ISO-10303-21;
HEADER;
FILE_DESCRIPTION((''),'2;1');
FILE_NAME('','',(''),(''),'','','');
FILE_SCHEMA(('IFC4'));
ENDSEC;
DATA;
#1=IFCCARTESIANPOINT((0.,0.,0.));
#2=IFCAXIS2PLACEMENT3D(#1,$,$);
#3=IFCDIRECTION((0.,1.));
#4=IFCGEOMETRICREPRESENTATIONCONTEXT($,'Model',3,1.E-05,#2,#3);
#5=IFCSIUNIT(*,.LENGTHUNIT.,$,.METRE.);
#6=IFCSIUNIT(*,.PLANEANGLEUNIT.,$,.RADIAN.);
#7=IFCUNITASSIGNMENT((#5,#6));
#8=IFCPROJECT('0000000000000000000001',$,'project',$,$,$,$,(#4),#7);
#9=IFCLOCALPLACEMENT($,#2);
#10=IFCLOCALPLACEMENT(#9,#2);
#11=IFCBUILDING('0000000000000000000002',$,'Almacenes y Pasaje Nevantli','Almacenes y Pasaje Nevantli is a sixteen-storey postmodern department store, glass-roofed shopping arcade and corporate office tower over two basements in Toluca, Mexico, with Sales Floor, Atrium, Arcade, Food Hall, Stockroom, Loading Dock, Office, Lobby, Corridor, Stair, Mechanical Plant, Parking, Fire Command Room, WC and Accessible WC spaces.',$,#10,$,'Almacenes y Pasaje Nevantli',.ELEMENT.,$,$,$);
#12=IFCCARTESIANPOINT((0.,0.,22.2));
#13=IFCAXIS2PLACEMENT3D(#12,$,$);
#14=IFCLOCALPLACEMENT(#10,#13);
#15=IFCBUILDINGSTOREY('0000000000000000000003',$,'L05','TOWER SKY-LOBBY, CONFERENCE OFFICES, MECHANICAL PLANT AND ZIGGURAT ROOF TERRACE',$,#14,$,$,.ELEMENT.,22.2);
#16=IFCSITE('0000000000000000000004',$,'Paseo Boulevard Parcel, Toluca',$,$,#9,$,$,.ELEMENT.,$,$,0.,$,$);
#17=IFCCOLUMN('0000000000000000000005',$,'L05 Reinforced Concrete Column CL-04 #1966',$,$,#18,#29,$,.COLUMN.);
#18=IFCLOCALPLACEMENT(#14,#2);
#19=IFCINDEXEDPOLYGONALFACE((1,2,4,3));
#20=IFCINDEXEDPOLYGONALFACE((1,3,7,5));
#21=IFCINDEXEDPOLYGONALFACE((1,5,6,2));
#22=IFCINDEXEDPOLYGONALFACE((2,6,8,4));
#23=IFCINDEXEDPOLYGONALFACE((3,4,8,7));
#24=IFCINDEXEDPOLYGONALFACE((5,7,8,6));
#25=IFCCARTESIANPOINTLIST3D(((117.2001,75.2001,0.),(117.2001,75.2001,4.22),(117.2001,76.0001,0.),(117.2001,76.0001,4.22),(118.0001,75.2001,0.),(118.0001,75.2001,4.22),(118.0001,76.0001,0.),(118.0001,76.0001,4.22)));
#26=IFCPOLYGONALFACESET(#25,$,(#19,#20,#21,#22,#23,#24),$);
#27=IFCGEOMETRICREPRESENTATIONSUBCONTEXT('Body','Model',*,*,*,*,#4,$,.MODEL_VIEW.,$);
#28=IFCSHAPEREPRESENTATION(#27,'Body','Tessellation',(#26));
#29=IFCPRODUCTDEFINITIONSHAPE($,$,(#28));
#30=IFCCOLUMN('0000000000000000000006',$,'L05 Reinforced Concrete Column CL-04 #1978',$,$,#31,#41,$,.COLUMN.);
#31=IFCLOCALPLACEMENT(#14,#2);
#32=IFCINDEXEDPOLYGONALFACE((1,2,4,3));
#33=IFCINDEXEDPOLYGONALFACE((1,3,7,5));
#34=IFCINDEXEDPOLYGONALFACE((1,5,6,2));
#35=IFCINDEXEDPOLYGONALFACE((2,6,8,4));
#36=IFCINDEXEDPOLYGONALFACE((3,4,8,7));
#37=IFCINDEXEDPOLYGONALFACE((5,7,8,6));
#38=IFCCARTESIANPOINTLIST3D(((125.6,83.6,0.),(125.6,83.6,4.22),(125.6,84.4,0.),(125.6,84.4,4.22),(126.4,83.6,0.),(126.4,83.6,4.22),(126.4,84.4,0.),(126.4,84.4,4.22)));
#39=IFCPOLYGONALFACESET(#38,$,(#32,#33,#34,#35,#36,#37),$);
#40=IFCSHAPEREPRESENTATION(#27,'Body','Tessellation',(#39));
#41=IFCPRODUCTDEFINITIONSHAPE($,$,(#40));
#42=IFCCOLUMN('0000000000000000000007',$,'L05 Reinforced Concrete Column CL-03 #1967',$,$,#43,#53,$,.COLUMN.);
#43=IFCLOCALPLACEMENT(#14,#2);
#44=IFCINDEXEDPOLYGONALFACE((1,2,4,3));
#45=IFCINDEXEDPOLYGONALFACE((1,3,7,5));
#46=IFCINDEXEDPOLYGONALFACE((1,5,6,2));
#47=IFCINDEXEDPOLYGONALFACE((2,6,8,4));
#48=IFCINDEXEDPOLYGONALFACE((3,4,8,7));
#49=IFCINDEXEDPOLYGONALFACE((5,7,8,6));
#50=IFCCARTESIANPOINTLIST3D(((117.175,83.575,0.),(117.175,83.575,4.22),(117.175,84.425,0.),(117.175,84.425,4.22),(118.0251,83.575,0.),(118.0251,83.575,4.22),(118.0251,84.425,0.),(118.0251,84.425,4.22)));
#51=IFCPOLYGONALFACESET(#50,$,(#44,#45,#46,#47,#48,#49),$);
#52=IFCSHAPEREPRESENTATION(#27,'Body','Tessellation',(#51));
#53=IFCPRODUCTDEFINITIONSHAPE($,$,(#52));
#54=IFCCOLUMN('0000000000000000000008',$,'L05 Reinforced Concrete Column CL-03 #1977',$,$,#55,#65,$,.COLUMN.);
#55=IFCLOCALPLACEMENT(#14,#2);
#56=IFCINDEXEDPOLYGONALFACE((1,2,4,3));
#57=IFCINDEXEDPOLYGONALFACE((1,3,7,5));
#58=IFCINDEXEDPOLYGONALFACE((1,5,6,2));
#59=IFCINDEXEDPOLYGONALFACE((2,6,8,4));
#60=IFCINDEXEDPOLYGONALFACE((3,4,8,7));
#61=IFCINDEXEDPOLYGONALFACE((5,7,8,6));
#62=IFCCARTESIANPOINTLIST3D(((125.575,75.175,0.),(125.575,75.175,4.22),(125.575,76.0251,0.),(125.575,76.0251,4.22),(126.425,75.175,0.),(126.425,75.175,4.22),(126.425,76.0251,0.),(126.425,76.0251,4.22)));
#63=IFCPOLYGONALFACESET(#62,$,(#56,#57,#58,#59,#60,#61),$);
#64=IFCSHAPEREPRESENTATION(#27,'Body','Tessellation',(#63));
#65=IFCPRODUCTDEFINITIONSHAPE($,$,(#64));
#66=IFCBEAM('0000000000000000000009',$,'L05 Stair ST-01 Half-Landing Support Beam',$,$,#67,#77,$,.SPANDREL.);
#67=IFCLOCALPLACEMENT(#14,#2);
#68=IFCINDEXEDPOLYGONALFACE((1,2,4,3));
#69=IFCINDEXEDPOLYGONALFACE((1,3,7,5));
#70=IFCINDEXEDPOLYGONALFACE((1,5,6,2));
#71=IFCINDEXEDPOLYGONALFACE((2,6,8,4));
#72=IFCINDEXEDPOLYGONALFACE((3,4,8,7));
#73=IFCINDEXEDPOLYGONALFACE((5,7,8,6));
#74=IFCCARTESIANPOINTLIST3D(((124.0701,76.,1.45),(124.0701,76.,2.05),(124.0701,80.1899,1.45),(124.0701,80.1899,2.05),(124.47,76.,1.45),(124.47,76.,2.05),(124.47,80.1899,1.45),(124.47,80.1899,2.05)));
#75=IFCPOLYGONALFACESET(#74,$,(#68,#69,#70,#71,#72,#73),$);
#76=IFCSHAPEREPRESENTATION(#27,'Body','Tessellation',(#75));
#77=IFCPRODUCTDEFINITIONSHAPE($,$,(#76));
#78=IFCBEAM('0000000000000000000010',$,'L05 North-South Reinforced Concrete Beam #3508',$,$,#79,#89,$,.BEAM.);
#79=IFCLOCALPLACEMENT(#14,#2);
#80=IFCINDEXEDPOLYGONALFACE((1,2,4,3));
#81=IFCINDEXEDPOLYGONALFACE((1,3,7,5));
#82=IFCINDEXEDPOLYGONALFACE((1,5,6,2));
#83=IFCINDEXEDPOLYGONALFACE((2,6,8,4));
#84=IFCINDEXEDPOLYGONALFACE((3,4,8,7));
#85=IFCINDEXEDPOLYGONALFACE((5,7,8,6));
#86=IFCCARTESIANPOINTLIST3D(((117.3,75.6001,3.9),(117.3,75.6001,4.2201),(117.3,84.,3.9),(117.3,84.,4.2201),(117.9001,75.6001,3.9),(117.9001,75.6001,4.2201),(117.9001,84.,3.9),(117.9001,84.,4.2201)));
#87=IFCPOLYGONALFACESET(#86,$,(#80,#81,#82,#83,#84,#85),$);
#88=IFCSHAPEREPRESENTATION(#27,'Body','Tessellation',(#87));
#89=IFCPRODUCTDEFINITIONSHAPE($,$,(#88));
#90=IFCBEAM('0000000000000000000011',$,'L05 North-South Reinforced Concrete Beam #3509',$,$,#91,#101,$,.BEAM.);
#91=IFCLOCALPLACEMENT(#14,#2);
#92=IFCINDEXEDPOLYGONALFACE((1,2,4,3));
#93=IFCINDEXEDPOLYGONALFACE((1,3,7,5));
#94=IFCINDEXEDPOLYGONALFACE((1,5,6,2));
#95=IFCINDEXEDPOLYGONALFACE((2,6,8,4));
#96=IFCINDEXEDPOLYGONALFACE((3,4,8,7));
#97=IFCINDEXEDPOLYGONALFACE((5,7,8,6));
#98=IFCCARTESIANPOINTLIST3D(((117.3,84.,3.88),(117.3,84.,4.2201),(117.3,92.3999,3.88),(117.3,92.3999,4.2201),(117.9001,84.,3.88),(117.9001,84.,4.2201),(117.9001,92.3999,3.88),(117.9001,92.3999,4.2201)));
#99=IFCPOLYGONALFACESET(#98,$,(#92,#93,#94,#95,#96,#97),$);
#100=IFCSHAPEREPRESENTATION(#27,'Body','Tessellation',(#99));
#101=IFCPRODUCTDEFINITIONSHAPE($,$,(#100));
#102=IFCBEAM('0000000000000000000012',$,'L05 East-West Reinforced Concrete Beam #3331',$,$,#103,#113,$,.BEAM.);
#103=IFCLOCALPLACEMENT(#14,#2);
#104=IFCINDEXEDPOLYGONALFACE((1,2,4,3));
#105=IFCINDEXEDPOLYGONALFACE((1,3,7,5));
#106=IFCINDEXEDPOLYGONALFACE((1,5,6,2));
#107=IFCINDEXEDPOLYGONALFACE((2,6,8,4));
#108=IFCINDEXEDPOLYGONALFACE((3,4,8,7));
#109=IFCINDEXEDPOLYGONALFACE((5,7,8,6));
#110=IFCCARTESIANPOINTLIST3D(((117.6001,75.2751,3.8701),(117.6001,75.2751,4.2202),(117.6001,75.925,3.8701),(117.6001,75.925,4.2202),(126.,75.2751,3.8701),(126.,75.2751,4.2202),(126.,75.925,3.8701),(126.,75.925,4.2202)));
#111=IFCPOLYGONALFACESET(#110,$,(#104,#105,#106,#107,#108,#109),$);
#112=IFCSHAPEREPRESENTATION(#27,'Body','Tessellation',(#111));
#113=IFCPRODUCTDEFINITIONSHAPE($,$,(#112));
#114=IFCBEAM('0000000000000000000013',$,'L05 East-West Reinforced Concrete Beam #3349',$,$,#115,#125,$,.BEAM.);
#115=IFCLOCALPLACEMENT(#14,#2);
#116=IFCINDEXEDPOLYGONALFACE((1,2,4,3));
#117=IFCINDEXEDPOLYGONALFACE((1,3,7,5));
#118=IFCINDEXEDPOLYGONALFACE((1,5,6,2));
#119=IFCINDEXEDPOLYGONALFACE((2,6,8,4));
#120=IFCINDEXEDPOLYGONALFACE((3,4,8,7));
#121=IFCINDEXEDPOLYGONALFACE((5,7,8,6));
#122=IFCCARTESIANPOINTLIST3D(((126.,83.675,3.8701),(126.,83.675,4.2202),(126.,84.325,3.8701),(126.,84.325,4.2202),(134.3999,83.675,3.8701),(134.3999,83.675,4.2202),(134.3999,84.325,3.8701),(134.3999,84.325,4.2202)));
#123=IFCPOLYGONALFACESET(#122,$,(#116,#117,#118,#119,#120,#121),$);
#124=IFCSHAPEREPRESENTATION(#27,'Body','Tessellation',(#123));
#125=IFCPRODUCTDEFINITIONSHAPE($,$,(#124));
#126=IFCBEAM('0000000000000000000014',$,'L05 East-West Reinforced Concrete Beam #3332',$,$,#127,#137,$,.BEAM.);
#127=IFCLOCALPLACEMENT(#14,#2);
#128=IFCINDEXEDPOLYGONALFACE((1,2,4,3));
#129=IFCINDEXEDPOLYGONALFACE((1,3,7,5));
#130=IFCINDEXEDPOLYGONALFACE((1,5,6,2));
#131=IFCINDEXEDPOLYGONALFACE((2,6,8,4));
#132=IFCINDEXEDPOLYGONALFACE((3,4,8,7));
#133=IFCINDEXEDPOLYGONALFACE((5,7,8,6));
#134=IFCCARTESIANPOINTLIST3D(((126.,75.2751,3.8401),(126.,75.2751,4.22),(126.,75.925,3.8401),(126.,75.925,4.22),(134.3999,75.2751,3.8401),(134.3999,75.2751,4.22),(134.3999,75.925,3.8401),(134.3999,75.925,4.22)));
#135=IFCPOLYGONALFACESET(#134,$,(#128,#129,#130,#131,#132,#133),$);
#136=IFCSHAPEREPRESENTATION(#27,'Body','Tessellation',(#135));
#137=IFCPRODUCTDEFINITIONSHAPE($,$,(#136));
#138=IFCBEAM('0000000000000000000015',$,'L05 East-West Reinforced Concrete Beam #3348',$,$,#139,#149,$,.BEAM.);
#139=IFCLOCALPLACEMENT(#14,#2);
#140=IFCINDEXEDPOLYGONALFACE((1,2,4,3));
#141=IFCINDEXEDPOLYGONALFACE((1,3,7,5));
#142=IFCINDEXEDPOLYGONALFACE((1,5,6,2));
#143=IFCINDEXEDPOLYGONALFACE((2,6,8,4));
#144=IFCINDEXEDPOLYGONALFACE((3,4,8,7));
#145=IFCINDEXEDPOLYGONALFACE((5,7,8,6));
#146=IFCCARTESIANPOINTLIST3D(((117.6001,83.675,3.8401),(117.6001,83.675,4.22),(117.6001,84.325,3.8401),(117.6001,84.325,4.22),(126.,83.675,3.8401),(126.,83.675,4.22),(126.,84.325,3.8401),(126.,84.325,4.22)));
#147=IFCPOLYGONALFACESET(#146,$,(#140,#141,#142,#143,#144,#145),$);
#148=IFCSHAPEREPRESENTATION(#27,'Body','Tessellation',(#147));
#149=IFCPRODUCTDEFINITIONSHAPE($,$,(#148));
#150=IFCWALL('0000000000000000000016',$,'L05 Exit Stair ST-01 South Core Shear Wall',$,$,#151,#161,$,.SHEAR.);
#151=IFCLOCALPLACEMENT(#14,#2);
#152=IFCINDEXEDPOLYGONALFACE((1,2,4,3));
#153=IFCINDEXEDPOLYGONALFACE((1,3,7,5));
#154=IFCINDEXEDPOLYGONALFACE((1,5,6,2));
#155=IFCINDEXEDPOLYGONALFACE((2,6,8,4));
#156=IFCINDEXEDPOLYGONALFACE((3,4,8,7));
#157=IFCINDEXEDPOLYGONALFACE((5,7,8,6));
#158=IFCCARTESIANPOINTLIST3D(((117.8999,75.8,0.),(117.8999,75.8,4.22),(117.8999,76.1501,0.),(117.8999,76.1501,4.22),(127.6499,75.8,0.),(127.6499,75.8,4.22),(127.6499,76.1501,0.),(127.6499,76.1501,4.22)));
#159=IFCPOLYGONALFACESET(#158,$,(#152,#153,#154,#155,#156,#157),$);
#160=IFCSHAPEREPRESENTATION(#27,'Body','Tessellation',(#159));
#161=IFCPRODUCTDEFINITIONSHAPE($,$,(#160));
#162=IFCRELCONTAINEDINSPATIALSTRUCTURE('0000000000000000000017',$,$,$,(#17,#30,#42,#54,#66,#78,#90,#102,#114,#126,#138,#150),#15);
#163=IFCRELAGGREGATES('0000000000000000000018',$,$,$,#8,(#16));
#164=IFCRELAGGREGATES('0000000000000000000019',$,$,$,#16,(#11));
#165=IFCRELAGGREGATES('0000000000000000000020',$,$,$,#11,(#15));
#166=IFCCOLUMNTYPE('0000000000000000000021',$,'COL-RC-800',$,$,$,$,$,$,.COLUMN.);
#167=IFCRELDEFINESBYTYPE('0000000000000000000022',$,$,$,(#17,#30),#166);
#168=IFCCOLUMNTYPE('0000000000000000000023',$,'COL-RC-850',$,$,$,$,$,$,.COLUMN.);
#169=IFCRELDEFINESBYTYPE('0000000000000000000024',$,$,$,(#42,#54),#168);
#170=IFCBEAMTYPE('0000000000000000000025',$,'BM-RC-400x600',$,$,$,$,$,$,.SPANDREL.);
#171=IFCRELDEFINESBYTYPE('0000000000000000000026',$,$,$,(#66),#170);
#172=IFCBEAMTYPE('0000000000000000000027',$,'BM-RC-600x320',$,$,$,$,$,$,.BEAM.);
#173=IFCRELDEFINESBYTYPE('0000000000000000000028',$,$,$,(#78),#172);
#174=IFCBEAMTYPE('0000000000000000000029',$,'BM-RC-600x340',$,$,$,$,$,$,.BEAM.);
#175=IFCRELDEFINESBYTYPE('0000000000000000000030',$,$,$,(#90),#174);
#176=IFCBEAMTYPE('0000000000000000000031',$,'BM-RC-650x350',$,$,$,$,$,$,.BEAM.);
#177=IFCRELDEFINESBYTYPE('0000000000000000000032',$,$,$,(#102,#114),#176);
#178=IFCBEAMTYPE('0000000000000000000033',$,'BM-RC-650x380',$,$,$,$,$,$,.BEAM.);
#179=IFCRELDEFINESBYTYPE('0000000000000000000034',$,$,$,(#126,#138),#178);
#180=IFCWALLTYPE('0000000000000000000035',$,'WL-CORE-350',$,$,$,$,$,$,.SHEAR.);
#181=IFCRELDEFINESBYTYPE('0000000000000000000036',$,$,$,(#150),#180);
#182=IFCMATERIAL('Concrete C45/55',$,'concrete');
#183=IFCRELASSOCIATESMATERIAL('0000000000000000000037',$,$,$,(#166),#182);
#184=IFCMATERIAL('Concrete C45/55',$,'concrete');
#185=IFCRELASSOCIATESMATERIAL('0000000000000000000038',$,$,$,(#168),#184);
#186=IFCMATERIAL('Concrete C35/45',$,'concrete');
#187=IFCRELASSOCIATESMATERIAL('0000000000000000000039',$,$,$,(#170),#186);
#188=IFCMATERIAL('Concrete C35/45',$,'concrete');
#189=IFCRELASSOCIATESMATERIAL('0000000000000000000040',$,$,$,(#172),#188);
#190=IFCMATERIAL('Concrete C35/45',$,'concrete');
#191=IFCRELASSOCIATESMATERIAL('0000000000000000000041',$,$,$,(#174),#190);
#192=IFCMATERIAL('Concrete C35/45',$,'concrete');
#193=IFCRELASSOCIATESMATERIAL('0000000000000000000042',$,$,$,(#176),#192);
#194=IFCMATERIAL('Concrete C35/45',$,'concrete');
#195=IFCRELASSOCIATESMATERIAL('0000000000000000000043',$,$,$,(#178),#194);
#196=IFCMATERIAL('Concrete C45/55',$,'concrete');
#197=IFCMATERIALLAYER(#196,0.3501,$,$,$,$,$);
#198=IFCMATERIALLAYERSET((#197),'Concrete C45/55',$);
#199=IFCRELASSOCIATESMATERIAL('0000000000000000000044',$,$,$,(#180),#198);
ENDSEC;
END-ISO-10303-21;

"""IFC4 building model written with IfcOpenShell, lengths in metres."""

from ifc_helpers import new_model, si_unit, direction, frame, frame_2d, origin, origin_2d, place, context, subcontext, project, spatial, rectangle, extrude, material, layer, layer_set, material_profile, profile_set, type_object, element, save


model = new_model("IFC4")

# Units and contexts
model_context = context("Model", 3, precision=1e-05, world=origin(), true_north=direction((0.0, 1.0)))
body_context = subcontext(model_context, "Body", "Model", "MODEL_VIEW")
ifc_project = project(units=[si_unit("LENGTHUNIT", "METRE"), si_unit("PLANEANGLEUNIT", "RADIAN")], contexts=[model_context])

# Site, building, storey
site_placement = place(None, origin())
site = spatial("IfcSite", under=ifc_project, at=site_placement, Name="Paseo Boulevard Parcel, Toluca", CompositionType="ELEMENT", RefElevation=0.0)
building_placement = place(site_placement, origin())
building = spatial("IfcBuilding", under=site, at=building_placement, Name="Almacenes y Pasaje Nevantli", Description="Almacenes y Pasaje Nevantli is a sixteen-storey postmodern department store, glass-roofed shopping arcade and corporate office tower over two basements in Toluca, Mexico, with Sales Floor, Atrium, Arcade, Food Hall, Stockroom, Loading Dock, Office, Lobby, Corridor, Stair, Mechanical Plant, Parking, Fire Command Room, WC and Accessible WC spaces.", LongName="Almacenes y Pasaje Nevantli", CompositionType="ELEMENT")
storey_placement = place(building_placement, frame((0.0, 0.0, 22.2)))
storey = spatial("IfcBuildingStorey", under=building, at=storey_placement, Name="L05", Description="TOWER SKY-LOBBY, CONFERENCE OFFICES, MECHANICAL PLANT AND ZIGGURAT ROOF TERRACE", CompositionType="ELEMENT", Elevation=22.2)

# Columns
ifc_material_1 = material(Name="Concrete C45/55", Category="concrete")
ifc_material_profile_1 = material_profile(ifc_material_1, rectangle(XDim=0.8, YDim=0.8, at=origin_2d()), Name="RC-COL-800x800")
ifc_profile_set_1 = profile_set([ifc_material_profile_1], Name="Concrete C45/55")
column_type_1 = type_object("IfcColumnType", Name="COL-RC-800", PredefinedType="COLUMN", material=ifc_profile_set_1)
for number, where, z_axis, x_axis, name in (
    (1, (117.6001, 75.6001, 0.0), (0.0, 0.0, 1.0), (1.0, 0.0, 0.0), "L05 Reinforced Concrete Column CL-04 #1966"),
    (2, (126.0, 84.0, 0.0), (0.0, 0.0, 1.0), (1.0, 0.0, 0.0), "L05 Reinforced Concrete Column CL-04 #1978"),
):
    element("IfcColumn", number, at=place(storey_placement, frame(where, z_axis=z_axis, x_axis=x_axis)), inside=storey, type_object=column_type_1, Name=name, PredefinedType="COLUMN", context=body_context, shape_type="SweptSolid", body=[
        extrude(rectangle(XDim=0.8, YDim=0.8, at=origin_2d()), origin(), (0.0, 0.0, 1.0), 4.22),
    ])
ifc_material_2 = material(Name="Concrete C45/55", Category="concrete")
ifc_material_profile_2 = material_profile(ifc_material_2, rectangle(XDim=0.8501, YDim=0.8501, at=origin_2d()), Name="RC-COL-850x850")
ifc_profile_set_2 = profile_set([ifc_material_profile_2], Name="Concrete C45/55")
column_type_2 = type_object("IfcColumnType", Name="COL-RC-850", PredefinedType="COLUMN", material=ifc_profile_set_2)
for number, where, z_axis, x_axis, name in (
    (3, (117.6001, 84.0, 0.0), (0.0, 0.0, 1.0), (1.0, 0.0, 0.0), "L05 Reinforced Concrete Column CL-03 #1967"),
    (4, (126.0, 75.6001, 0.0), (0.0, 0.0, 1.0), (1.0, 0.0, 0.0), "L05 Reinforced Concrete Column CL-03 #1977"),
):
    element("IfcColumn", number, at=place(storey_placement, frame(where, z_axis=z_axis, x_axis=x_axis)), inside=storey, type_object=column_type_2, Name=name, PredefinedType="COLUMN", context=body_context, shape_type="SweptSolid", body=[
        extrude(rectangle(XDim=0.8501, YDim=0.8501, at=origin_2d()), origin(), (0.0, 0.0, 1.0), 4.22),
    ])

# Beams
ifc_material_3 = material(Name="Concrete C35/45", Category="concrete")
ifc_material_profile_3 = material_profile(ifc_material_3, rectangle(XDim=0.3999, YDim=0.6001, at=origin_2d()), Name="RC-BM-400x600")
ifc_profile_set_3 = profile_set([ifc_material_profile_3], Name="Concrete C35/45")
beam_type_1 = type_object("IfcBeamType", Name="BM-RC-400x600", PredefinedType="SPANDREL", material=ifc_profile_set_3)
beam_1_placement = place(storey_placement, frame((124.27, 76.0, 1.75), z_axis=(0.0, 1.0, 0.0), x_axis=(-1.0, 0.0, 0.0)))
element("IfcBeam", 5, at=beam_1_placement, inside=storey, type_object=beam_type_1, Name="L05 Stair ST-01 Half-Landing Support Beam", PredefinedType="SPANDREL", context=body_context, shape_type="SweptSolid", body=[
    extrude(rectangle(XDim=0.3999, YDim=0.6001, at=origin_2d()), origin(), (0.0, 0.0, 1.0), 4.1899),
])
ifc_material_4 = material(Name="Concrete C35/45", Category="concrete")
ifc_material_profile_4 = material_profile(ifc_material_4, rectangle(XDim=0.6001, YDim=0.3201, at=origin_2d()), Name="RC-BM-600x320")
ifc_profile_set_4 = profile_set([ifc_material_profile_4], Name="Concrete C35/45")
beam_type_2 = type_object("IfcBeamType", Name="BM-RC-600x320", PredefinedType="BEAM", material=ifc_profile_set_4)
beam_2_placement = place(storey_placement, frame((117.6001, 75.6001, 4.0601), z_axis=(0.0, 1.0, 0.0), x_axis=(-1.0, 0.0, 0.0)))
element("IfcBeam", 6, at=beam_2_placement, inside=storey, type_object=beam_type_2, Name="L05 North-South Reinforced Concrete Beam #3508", PredefinedType="BEAM", context=body_context, shape_type="SweptSolid", body=[
    extrude(rectangle(XDim=0.6001, YDim=0.3201, at=origin_2d()), origin(), (0.0, 0.0, 1.0), 8.3999),
])
ifc_material_5 = material(Name="Concrete C35/45", Category="concrete")
ifc_material_profile_5 = material_profile(ifc_material_5, rectangle(XDim=0.6001, YDim=0.3401, at=origin_2d()), Name="RC-BM-600x340")
ifc_profile_set_5 = profile_set([ifc_material_profile_5], Name="Concrete C35/45")
beam_type_3 = type_object("IfcBeamType", Name="BM-RC-600x340", PredefinedType="BEAM", material=ifc_profile_set_5)
beam_3_placement = place(storey_placement, frame((117.6001, 84.0, 4.05), z_axis=(0.0, 1.0, 0.0), x_axis=(-1.0, 0.0, 0.0)))
element("IfcBeam", 7, at=beam_3_placement, inside=storey, type_object=beam_type_3, Name="L05 North-South Reinforced Concrete Beam #3509", PredefinedType="BEAM", context=body_context, shape_type="SweptSolid", body=[
    extrude(rectangle(XDim=0.6001, YDim=0.3401, at=origin_2d()), origin(), (0.0, 0.0, 1.0), 8.3999),
])
ifc_material_6 = material(Name="Concrete C35/45", Category="concrete")
ifc_material_profile_6 = material_profile(ifc_material_6, rectangle(XDim=0.6499, YDim=0.3501, at=origin_2d()), Name="RC-BM-650x350")
ifc_profile_set_6 = profile_set([ifc_material_profile_6], Name="Concrete C35/45")
beam_type_4 = type_object("IfcBeamType", Name="BM-RC-650x350", PredefinedType="BEAM", material=ifc_profile_set_6)
for number, where, z_axis, x_axis, name in (
    (8, (117.6001, 75.6001, 4.0452), (1.0, 0.0, 0.0), (0.0, 1.0, 0.0), "L05 East-West Reinforced Concrete Beam #3331"),
    (9, (126.0, 84.0, 4.0452), (1.0, 0.0, 0.0), (0.0, 1.0, 0.0), "L05 East-West Reinforced Concrete Beam #3349"),
):
    element("IfcBeam", number, at=place(storey_placement, frame(where, z_axis=z_axis, x_axis=x_axis)), inside=storey, type_object=beam_type_4, Name=name, PredefinedType="BEAM", context=body_context, shape_type="SweptSolid", body=[
        extrude(rectangle(XDim=0.6499, YDim=0.3501, at=origin_2d()), origin(), (0.0, 0.0, 1.0), 8.3999),
    ])
ifc_material_7 = material(Name="Concrete C35/45", Category="concrete")
ifc_material_profile_7 = material_profile(ifc_material_7, rectangle(XDim=0.6499, YDim=0.3799, at=origin_2d()), Name="RC-BM-650x380")
ifc_profile_set_7 = profile_set([ifc_material_profile_7], Name="Concrete C35/45")
beam_type_5 = type_object("IfcBeamType", Name="BM-RC-650x380", PredefinedType="BEAM", material=ifc_profile_set_7)
for number, where, z_axis, x_axis, name in (
    (10, (126.0, 75.6001, 4.03), (1.0, 0.0, 0.0), (0.0, 1.0, 0.0), "L05 East-West Reinforced Concrete Beam #3332"),
    (11, (117.6001, 84.0, 4.03), (1.0, 0.0, 0.0), (0.0, 1.0, 0.0), "L05 East-West Reinforced Concrete Beam #3348"),
):
    element("IfcBeam", number, at=place(storey_placement, frame(where, z_axis=z_axis, x_axis=x_axis)), inside=storey, type_object=beam_type_5, Name=name, PredefinedType="BEAM", context=body_context, shape_type="SweptSolid", body=[
        extrude(rectangle(XDim=0.6499, YDim=0.3799, at=origin_2d()), origin(), (0.0, 0.0, 1.0), 8.3999),
    ])

# Wall
ifc_material_8 = material(Name="Concrete C45/55", Category="concrete")
ifc_layer_1 = layer(ifc_material_8, 0.3501)
ifc_layer_set_1 = layer_set([ifc_layer_1], Name="Concrete C45/55")
wall_type = type_object("IfcWallType", Name="WL-CORE-350", PredefinedType="SHEAR", material=ifc_layer_set_1)
wall_1_placement = place(storey_placement, frame((117.8999, 75.9751, 0.0), z_axis=(0.0, 0.0, 1.0), x_axis=(1.0, 0.0, 0.0)))
element("IfcWall", 12, at=wall_1_placement, inside=storey, type_object=wall_type, Name="L05 Exit Stair ST-01 South Core Shear Wall", PredefinedType="SHEAR", context=body_context, shape_type="SweptSolid", body=[
    extrude(rectangle(XDim=9.75, YDim=0.3501, at=frame_2d((4.875, 0.0))), origin(), (0.0, 0.0, 1.0), 4.22),
])

save(model, "model.ifc")
